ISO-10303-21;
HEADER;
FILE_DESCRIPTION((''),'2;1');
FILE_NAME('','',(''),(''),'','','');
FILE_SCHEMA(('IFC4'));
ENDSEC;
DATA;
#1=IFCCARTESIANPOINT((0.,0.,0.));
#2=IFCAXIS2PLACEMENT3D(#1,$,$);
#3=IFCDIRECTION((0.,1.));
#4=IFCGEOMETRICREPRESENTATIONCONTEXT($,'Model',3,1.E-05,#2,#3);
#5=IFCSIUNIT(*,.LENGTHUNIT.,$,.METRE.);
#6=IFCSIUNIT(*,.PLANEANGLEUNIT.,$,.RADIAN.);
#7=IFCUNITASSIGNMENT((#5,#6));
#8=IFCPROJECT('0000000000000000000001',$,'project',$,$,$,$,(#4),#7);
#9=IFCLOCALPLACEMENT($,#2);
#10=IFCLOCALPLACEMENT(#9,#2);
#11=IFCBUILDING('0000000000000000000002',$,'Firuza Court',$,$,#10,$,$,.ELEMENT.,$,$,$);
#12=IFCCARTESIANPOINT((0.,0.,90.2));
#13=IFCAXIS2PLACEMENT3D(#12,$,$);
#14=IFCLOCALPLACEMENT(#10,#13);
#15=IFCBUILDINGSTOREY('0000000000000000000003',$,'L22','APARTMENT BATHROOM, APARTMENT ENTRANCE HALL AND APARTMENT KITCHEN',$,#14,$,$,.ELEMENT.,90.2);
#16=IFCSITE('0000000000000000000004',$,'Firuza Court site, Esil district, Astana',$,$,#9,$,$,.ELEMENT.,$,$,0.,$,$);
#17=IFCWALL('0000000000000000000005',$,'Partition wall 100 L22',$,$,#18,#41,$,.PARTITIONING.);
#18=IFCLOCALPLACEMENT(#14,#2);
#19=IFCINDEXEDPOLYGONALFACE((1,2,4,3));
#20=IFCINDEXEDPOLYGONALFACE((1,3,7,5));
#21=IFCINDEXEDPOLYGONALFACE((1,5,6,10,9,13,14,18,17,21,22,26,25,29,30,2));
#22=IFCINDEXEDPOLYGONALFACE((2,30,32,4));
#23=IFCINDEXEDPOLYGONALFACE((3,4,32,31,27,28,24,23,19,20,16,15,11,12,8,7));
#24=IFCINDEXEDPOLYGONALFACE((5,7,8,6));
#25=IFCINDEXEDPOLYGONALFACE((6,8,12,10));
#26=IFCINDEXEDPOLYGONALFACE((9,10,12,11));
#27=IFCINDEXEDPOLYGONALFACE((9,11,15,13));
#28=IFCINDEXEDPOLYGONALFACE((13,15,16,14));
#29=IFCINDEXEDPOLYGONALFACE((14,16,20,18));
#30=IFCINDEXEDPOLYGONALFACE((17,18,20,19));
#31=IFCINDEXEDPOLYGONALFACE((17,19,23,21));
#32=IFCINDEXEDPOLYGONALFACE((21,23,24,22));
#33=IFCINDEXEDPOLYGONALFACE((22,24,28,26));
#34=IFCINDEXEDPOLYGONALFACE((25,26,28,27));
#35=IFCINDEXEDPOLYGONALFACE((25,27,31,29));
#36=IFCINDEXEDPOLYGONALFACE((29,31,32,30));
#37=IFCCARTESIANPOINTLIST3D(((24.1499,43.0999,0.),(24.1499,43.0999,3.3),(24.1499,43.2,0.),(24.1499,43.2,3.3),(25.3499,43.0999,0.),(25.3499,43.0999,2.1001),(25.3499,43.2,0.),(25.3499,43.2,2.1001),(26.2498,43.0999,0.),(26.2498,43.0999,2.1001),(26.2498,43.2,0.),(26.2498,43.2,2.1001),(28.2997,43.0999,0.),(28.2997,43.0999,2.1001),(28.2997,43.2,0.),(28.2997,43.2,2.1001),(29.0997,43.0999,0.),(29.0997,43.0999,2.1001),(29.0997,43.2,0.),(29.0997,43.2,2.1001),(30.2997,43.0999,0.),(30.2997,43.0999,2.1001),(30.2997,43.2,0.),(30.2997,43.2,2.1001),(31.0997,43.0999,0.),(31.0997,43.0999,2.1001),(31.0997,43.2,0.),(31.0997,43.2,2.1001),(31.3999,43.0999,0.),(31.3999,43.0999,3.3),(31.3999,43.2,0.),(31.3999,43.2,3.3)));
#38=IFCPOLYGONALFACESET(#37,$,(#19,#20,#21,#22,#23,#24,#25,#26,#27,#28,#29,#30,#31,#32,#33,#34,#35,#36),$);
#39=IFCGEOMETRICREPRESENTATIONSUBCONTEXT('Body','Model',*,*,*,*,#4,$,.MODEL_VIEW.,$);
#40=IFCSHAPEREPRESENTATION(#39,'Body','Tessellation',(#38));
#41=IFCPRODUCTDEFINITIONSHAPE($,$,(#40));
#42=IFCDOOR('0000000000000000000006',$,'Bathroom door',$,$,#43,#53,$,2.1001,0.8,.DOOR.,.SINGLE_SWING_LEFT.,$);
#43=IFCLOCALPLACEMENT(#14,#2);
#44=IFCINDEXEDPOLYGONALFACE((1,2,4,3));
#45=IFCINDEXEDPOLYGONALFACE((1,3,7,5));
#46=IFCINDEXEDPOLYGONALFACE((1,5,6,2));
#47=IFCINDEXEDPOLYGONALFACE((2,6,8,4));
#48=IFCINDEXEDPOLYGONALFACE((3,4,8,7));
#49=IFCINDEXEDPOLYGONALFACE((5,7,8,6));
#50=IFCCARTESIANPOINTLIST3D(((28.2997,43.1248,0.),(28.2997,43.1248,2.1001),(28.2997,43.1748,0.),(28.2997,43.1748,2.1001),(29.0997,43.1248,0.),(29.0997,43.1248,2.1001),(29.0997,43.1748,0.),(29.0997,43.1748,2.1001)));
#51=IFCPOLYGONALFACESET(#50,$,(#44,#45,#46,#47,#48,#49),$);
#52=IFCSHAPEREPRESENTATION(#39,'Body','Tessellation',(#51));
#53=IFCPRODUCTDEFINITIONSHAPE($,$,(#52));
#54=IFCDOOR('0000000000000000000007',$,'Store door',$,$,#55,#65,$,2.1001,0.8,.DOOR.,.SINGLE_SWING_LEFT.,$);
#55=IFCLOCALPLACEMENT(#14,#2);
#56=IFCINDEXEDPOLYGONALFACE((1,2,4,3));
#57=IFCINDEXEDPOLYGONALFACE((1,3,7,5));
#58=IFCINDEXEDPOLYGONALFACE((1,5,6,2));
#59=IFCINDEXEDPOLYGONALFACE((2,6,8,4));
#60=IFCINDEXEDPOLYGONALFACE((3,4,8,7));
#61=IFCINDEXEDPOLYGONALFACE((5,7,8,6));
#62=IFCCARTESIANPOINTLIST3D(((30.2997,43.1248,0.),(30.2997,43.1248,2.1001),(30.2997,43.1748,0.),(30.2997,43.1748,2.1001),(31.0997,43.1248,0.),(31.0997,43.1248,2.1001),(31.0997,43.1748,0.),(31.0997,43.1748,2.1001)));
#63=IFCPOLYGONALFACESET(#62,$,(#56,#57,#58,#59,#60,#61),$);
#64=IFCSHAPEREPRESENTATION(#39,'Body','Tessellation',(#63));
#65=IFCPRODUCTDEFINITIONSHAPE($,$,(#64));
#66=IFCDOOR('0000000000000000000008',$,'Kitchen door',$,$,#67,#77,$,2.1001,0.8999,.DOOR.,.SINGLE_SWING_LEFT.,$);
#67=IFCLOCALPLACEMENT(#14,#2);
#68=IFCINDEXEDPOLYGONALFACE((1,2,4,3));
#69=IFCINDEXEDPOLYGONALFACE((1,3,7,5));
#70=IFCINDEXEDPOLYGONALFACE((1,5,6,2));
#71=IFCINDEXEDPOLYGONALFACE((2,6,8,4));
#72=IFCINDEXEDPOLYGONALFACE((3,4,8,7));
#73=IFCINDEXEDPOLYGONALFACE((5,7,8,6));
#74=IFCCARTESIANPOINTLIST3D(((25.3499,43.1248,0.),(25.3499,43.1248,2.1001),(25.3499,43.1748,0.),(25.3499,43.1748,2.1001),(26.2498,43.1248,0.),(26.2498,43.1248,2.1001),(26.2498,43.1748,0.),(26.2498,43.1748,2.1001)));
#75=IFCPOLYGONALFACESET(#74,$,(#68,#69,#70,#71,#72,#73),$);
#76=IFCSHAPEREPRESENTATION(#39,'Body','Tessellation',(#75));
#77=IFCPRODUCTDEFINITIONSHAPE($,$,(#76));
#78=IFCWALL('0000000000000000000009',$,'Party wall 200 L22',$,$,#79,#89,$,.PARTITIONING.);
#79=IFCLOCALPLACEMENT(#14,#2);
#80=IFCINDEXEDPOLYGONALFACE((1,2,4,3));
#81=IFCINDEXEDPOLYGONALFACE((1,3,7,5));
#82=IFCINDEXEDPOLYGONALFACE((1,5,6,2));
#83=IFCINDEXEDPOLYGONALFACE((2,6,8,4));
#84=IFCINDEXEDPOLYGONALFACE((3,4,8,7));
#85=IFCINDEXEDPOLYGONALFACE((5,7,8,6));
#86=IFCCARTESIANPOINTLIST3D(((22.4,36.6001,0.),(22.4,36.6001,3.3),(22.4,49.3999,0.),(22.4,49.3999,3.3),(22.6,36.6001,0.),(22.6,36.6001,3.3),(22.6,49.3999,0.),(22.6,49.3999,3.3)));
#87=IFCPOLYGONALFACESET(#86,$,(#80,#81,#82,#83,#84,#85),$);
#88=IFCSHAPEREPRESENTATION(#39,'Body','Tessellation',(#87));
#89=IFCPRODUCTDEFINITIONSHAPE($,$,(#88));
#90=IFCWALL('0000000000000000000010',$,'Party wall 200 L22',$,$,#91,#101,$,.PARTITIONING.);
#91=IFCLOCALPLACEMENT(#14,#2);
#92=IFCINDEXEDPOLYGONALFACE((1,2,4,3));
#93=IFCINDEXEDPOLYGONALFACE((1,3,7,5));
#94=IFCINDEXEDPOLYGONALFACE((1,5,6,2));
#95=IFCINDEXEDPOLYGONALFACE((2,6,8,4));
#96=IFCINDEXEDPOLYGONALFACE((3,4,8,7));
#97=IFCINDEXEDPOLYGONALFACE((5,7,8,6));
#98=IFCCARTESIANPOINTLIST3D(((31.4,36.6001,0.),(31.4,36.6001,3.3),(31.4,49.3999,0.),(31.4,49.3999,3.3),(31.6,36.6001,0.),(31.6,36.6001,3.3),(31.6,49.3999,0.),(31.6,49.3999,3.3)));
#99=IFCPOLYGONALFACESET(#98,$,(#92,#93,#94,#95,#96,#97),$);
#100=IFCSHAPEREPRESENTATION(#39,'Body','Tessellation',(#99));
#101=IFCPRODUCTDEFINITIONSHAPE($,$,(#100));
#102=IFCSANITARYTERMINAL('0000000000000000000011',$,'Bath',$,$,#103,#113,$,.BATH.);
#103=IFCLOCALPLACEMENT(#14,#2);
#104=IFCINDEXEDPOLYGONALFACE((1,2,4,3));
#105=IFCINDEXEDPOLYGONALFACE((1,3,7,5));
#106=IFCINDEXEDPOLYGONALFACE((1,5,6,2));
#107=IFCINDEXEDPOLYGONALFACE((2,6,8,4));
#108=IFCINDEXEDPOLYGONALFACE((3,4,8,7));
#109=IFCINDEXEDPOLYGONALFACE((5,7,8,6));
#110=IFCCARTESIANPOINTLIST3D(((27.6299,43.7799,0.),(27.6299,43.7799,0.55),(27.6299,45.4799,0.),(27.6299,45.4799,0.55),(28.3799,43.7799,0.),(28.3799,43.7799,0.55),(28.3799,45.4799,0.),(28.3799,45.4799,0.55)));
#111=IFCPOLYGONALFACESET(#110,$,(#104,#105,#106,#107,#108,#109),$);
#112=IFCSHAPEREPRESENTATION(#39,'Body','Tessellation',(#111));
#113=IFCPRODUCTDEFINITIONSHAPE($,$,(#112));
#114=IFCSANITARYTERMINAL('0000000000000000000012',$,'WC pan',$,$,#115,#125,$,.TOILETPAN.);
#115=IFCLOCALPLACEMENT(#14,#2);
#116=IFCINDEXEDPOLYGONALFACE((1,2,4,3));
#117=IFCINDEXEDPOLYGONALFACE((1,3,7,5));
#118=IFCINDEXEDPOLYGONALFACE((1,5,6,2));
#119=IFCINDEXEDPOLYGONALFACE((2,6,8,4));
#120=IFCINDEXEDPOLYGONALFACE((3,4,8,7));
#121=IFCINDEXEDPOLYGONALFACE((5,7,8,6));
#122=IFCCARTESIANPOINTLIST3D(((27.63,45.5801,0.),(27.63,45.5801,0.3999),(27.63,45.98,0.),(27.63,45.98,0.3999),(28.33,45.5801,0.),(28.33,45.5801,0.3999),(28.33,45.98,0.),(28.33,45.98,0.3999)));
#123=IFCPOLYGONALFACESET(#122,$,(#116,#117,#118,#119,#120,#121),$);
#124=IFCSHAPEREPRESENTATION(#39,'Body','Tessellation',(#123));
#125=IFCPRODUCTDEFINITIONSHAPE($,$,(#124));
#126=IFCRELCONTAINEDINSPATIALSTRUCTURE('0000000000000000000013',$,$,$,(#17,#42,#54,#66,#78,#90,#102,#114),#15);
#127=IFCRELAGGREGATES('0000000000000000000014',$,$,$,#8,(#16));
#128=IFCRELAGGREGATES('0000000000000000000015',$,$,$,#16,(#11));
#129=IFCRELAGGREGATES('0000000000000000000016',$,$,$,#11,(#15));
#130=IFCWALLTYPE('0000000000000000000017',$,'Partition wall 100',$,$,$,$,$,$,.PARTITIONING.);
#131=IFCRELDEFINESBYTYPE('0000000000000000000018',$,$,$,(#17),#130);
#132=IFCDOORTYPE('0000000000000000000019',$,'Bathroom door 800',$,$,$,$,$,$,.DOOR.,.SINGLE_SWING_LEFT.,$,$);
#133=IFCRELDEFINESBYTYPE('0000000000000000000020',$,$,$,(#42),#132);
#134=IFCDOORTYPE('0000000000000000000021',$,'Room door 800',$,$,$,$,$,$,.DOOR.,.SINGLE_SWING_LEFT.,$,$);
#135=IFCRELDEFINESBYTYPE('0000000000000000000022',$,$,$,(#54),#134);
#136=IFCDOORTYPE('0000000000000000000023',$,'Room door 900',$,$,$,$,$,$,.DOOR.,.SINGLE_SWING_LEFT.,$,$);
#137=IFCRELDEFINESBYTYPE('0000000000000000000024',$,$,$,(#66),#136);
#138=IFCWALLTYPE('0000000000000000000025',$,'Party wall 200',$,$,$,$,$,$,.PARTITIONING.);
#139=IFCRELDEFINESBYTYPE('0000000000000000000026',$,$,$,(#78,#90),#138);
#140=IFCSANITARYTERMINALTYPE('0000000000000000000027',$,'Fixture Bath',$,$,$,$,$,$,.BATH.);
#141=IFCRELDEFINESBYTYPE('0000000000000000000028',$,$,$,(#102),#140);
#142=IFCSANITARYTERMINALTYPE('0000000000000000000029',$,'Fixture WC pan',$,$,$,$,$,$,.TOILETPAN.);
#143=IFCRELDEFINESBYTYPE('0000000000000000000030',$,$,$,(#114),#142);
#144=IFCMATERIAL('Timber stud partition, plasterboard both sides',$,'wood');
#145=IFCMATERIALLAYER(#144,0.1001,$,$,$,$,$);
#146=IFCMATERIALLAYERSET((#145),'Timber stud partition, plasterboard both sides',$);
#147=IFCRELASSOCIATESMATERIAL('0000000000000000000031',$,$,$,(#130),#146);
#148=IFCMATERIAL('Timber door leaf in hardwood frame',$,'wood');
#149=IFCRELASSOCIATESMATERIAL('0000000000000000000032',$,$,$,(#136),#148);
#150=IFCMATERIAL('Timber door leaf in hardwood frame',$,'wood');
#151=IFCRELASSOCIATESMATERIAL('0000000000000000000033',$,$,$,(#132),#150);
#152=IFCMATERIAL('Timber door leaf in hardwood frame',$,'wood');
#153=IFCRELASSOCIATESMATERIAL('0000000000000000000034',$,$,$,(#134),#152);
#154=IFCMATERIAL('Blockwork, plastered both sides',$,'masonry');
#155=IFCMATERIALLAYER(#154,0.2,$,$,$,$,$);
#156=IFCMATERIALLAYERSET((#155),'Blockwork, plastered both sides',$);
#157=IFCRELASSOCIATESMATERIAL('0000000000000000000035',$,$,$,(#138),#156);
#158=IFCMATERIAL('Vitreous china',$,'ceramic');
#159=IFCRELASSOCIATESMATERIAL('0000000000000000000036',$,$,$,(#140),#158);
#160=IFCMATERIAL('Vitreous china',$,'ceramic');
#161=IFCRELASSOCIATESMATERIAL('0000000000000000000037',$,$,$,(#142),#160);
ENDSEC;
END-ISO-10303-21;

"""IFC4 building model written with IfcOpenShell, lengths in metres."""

from ifc_helpers import new_model, si_unit, direction, frame, frame_2d, origin, origin_2d, place, context, subcontext, project, spatial, rectangle, extrude, material, layer, layer_set, type_object, element, fill, save


model = new_model("IFC4")

# Units and contexts
model_context = context("Model", 3, precision=1e-05, world=origin(), true_north=direction((0.0, 1.0)))
body_context = subcontext(model_context, "Body", "Model", "MODEL_VIEW")
ifc_project = project(units=[si_unit("LENGTHUNIT", "METRE"), si_unit("PLANEANGLEUNIT", "RADIAN")], contexts=[model_context])

# Site, building, storey
site_placement = place(None, origin())
site = spatial("IfcSite", under=ifc_project, at=site_placement, Name="Firuza Court site, Esil district, Astana", CompositionType="ELEMENT", RefElevation=0.0)
building_placement = place(site_placement, origin())
building = spatial("IfcBuilding", under=site, at=building_placement, Name="Firuza Court", CompositionType="ELEMENT")
storey_placement = place(building_placement, frame((0.0, 0.0, 90.2)))
storey = spatial("IfcBuildingStorey", under=building, at=storey_placement, Name="L22", Description="APARTMENT BATHROOM, APARTMENT ENTRANCE HALL AND APARTMENT KITCHEN", CompositionType="ELEMENT", Elevation=90.2)

# Shared definitions
ifc_material_1 = material(Name="Timber stud partition, plasterboard both sides", Category="wood")
ifc_layer_1 = layer(ifc_material_1, 0.1001)
ifc_layer_set_1 = layer_set([ifc_layer_1], Name="Timber stud partition, plasterboard both sides")
wall_type_1 = type_object("IfcWallType", Name="Partition wall 100", PredefinedType="PARTITIONING", material=ifc_layer_set_1)

# Shared definitions
ifc_material_2 = material(Name="Timber door leaf in hardwood frame", Category="wood")
door_type_1 = type_object("IfcDoorType", Name="Room door 900", OperationType="SINGLE_SWING_LEFT", PredefinedType="DOOR", material=ifc_material_2)

# Shared definitions
ifc_material_3 = material(Name="Timber door leaf in hardwood frame", Category="wood")
door_type_2 = type_object("IfcDoorType", Name="Bathroom door 800", OperationType="SINGLE_SWING_LEFT", PredefinedType="DOOR", material=ifc_material_3)
ifc_material_4 = material(Name="Timber door leaf in hardwood frame", Category="wood")
door_type_3 = type_object("IfcDoorType", Name="Room door 800", OperationType="SINGLE_SWING_LEFT", PredefinedType="DOOR", material=ifc_material_4)

# Wall, openings, doors
wall_1_placement = place(storey_placement, frame((24.1499, 43.1499, 0.0), z_axis=(0.0, 0.0, 1.0), x_axis=(1.0, 0.0, 0.0)))
wall_1 = element("IfcWall", 1, at=wall_1_placement, inside=storey, type_object=wall_type_1, Name="Partition wall 100 L22", PredefinedType="PARTITIONING", context=body_context, shape_type="SweptSolid", body=[
    extrude(rectangle(XDim=7.25, YDim=0.1001, at=frame_2d((3.625, 0.0))), origin(), (0.0, 0.0, 1.0), 3.3),
])
opening_1_placement = place(wall_1_placement, frame((4.1499, 0.0, 0.0)))
opening_1 = element("IfcOpeningElement", 2, at=opening_1_placement, cuts=wall_1, PredefinedType="OPENING", context=body_context, shape_type="SweptSolid", body=[
    extrude(rectangle(XDim=0.8, YDim=2.1001, at=frame_2d((0.3999, 1.05))), frame((0.0, 0.062, 0.0), z_axis=(0.0, -1.0, 0.0), x_axis=(1.0, 0.0, 0.0)), (0.0, 0.0, 1.0), 0.124),
])
opening_2_placement = place(wall_1_placement, frame((1.2, 0.0, 0.0)))
opening_2 = element("IfcOpeningElement", 3, at=opening_2_placement, cuts=wall_1, PredefinedType="OPENING", context=body_context, shape_type="SweptSolid", body=[
    extrude(rectangle(XDim=0.8999, YDim=2.1001, at=frame_2d((0.45, 1.05))), frame((0.0, 0.062, 0.0), z_axis=(0.0, -1.0, 0.0), x_axis=(1.0, 0.0, 0.0)), (0.0, 0.0, 1.0), 0.124),
])
opening_3_placement = place(wall_1_placement, frame((6.1499, 0.0, 0.0)))
opening_3 = element("IfcOpeningElement", 4, at=opening_3_placement, cuts=wall_1, PredefinedType="OPENING", context=body_context, shape_type="SweptSolid", body=[
    extrude(rectangle(XDim=0.8, YDim=2.1001, at=frame_2d((0.3999, 1.05))), frame((0.0, 0.062, 0.0), z_axis=(0.0, -1.0, 0.0), x_axis=(1.0, 0.0, 0.0)), (0.0, 0.0, 1.0), 0.124),
])
door_1_placement = place(opening_1_placement, origin())
door_1 = element("IfcDoor", 5, at=door_1_placement, inside=storey, type_object=door_type_2, Name="Bathroom door", OperationType="SINGLE_SWING_LEFT", OverallHeight=2.1001, OverallWidth=0.8, PredefinedType="DOOR", context=body_context, shape_type="SweptSolid", body=[
    extrude(rectangle(XDim=0.8, YDim=2.1001, at=frame_2d((0.3999, 1.05))), frame((0.0, 0.0249, 0.0), z_axis=(0.0, -1.0, 0.0), x_axis=(1.0, 0.0, 0.0)), (0.0, 0.0, 1.0), 0.05),
])
fill(opening_1, door_1)
door_2_placement = place(opening_3_placement, origin())
door_2 = element("IfcDoor", 6, at=door_2_placement, inside=storey, type_object=door_type_3, Name="Store door", OperationType="SINGLE_SWING_LEFT", OverallHeight=2.1001, OverallWidth=0.8, PredefinedType="DOOR", context=body_context, shape_type="SweptSolid", body=[
    extrude(rectangle(XDim=0.8, YDim=2.1001, at=frame_2d((0.3999, 1.05))), frame((0.0, 0.0249, 0.0), z_axis=(0.0, -1.0, 0.0), x_axis=(1.0, 0.0, 0.0)), (0.0, 0.0, 1.0), 0.05),
])
fill(opening_3, door_2)
door_3_placement = place(opening_2_placement, origin())
door_3 = element("IfcDoor", 7, at=door_3_placement, inside=storey, type_object=door_type_1, Name="Kitchen door", OperationType="SINGLE_SWING_LEFT", OverallHeight=2.1001, OverallWidth=0.8999, PredefinedType="DOOR", context=body_context, shape_type="SweptSolid", body=[
    extrude(rectangle(XDim=0.8999, YDim=2.1001, at=frame_2d((0.45, 1.05))), frame((0.0, 0.0249, 0.0), z_axis=(0.0, -1.0, 0.0), x_axis=(1.0, 0.0, 0.0)), (0.0, 0.0, 1.0), 0.05),
])
fill(opening_2, door_3)

# Walls
ifc_material_5 = material(Name="Blockwork, plastered both sides", Category="masonry")
ifc_layer_2 = layer(ifc_material_5, 0.2)
ifc_layer_set_2 = layer_set([ifc_layer_2], Name="Blockwork, plastered both sides")
wall_type_2 = type_object("IfcWallType", Name="Party wall 200", PredefinedType="PARTITIONING", material=ifc_layer_set_2)
for number, where, z_axis, x_axis, name in (
    (8, (22.5, 36.6001, 0.0), (0.0, 0.0, 1.0), (0.0, 1.0, 0.0), "Party wall 200 L22"),
    (9, (31.5, 36.6001, 0.0), (0.0, 0.0, 1.0), (0.0, 1.0, 0.0), "Party wall 200 L22"),
):
    element("IfcWall", number, at=place(storey_placement, frame(where, z_axis=z_axis, x_axis=x_axis)), inside=storey, type_object=wall_type_2, Name=name, PredefinedType="PARTITIONING", context=body_context, shape_type="SweptSolid", body=[
        extrude(rectangle(XDim=12.7998, YDim=0.2, at=frame_2d((6.3999, 0.0))), origin(), (0.0, 0.0, 1.0), 3.3),
    ])

# Sanitary terminals
ifc_material_6 = material(Name="Vitreous china", Category="ceramic")
sanitary_terminal_type_1 = type_object("IfcSanitaryTerminalType", Name="Fixture Bath", PredefinedType="BATH", material=ifc_material_6)
sanitary_terminal_1_placement = place(storey_placement, frame((28.0049, 44.6299, 0.0), z_axis=(0.0, 0.0, 1.0), x_axis=(1.0, 0.0, 0.0)))
element("IfcSanitaryTerminal", 10, at=sanitary_terminal_1_placement, inside=storey, type_object=sanitary_terminal_type_1, Name="Bath", PredefinedType="BATH", context=body_context, shape_type="SweptSolid", body=[
    extrude(rectangle(XDim=0.75, YDim=1.7, at=origin_2d()), origin(), (0.0, 0.0, 1.0), 0.55),
])
ifc_material_7 = material(Name="Vitreous china", Category="ceramic")
sanitary_terminal_type_2 = type_object("IfcSanitaryTerminalType", Name="Fixture WC pan", PredefinedType="TOILETPAN", material=ifc_material_7)
sanitary_terminal_2_placement = place(storey_placement, frame((27.98, 45.78, 0.0), z_axis=(0.0, 0.0, 1.0), x_axis=(1.0, 0.0, 0.0)))
element("IfcSanitaryTerminal", 11, at=sanitary_terminal_2_placement, inside=storey, type_object=sanitary_terminal_type_2, Name="WC pan", PredefinedType="TOILETPAN", context=body_context, shape_type="SweptSolid", body=[
    extrude(rectangle(XDim=0.7, YDim=0.3999, at=origin_2d()), origin(), (0.0, 0.0, 1.0), 0.3999),
])

save(model, "model.ifc")
